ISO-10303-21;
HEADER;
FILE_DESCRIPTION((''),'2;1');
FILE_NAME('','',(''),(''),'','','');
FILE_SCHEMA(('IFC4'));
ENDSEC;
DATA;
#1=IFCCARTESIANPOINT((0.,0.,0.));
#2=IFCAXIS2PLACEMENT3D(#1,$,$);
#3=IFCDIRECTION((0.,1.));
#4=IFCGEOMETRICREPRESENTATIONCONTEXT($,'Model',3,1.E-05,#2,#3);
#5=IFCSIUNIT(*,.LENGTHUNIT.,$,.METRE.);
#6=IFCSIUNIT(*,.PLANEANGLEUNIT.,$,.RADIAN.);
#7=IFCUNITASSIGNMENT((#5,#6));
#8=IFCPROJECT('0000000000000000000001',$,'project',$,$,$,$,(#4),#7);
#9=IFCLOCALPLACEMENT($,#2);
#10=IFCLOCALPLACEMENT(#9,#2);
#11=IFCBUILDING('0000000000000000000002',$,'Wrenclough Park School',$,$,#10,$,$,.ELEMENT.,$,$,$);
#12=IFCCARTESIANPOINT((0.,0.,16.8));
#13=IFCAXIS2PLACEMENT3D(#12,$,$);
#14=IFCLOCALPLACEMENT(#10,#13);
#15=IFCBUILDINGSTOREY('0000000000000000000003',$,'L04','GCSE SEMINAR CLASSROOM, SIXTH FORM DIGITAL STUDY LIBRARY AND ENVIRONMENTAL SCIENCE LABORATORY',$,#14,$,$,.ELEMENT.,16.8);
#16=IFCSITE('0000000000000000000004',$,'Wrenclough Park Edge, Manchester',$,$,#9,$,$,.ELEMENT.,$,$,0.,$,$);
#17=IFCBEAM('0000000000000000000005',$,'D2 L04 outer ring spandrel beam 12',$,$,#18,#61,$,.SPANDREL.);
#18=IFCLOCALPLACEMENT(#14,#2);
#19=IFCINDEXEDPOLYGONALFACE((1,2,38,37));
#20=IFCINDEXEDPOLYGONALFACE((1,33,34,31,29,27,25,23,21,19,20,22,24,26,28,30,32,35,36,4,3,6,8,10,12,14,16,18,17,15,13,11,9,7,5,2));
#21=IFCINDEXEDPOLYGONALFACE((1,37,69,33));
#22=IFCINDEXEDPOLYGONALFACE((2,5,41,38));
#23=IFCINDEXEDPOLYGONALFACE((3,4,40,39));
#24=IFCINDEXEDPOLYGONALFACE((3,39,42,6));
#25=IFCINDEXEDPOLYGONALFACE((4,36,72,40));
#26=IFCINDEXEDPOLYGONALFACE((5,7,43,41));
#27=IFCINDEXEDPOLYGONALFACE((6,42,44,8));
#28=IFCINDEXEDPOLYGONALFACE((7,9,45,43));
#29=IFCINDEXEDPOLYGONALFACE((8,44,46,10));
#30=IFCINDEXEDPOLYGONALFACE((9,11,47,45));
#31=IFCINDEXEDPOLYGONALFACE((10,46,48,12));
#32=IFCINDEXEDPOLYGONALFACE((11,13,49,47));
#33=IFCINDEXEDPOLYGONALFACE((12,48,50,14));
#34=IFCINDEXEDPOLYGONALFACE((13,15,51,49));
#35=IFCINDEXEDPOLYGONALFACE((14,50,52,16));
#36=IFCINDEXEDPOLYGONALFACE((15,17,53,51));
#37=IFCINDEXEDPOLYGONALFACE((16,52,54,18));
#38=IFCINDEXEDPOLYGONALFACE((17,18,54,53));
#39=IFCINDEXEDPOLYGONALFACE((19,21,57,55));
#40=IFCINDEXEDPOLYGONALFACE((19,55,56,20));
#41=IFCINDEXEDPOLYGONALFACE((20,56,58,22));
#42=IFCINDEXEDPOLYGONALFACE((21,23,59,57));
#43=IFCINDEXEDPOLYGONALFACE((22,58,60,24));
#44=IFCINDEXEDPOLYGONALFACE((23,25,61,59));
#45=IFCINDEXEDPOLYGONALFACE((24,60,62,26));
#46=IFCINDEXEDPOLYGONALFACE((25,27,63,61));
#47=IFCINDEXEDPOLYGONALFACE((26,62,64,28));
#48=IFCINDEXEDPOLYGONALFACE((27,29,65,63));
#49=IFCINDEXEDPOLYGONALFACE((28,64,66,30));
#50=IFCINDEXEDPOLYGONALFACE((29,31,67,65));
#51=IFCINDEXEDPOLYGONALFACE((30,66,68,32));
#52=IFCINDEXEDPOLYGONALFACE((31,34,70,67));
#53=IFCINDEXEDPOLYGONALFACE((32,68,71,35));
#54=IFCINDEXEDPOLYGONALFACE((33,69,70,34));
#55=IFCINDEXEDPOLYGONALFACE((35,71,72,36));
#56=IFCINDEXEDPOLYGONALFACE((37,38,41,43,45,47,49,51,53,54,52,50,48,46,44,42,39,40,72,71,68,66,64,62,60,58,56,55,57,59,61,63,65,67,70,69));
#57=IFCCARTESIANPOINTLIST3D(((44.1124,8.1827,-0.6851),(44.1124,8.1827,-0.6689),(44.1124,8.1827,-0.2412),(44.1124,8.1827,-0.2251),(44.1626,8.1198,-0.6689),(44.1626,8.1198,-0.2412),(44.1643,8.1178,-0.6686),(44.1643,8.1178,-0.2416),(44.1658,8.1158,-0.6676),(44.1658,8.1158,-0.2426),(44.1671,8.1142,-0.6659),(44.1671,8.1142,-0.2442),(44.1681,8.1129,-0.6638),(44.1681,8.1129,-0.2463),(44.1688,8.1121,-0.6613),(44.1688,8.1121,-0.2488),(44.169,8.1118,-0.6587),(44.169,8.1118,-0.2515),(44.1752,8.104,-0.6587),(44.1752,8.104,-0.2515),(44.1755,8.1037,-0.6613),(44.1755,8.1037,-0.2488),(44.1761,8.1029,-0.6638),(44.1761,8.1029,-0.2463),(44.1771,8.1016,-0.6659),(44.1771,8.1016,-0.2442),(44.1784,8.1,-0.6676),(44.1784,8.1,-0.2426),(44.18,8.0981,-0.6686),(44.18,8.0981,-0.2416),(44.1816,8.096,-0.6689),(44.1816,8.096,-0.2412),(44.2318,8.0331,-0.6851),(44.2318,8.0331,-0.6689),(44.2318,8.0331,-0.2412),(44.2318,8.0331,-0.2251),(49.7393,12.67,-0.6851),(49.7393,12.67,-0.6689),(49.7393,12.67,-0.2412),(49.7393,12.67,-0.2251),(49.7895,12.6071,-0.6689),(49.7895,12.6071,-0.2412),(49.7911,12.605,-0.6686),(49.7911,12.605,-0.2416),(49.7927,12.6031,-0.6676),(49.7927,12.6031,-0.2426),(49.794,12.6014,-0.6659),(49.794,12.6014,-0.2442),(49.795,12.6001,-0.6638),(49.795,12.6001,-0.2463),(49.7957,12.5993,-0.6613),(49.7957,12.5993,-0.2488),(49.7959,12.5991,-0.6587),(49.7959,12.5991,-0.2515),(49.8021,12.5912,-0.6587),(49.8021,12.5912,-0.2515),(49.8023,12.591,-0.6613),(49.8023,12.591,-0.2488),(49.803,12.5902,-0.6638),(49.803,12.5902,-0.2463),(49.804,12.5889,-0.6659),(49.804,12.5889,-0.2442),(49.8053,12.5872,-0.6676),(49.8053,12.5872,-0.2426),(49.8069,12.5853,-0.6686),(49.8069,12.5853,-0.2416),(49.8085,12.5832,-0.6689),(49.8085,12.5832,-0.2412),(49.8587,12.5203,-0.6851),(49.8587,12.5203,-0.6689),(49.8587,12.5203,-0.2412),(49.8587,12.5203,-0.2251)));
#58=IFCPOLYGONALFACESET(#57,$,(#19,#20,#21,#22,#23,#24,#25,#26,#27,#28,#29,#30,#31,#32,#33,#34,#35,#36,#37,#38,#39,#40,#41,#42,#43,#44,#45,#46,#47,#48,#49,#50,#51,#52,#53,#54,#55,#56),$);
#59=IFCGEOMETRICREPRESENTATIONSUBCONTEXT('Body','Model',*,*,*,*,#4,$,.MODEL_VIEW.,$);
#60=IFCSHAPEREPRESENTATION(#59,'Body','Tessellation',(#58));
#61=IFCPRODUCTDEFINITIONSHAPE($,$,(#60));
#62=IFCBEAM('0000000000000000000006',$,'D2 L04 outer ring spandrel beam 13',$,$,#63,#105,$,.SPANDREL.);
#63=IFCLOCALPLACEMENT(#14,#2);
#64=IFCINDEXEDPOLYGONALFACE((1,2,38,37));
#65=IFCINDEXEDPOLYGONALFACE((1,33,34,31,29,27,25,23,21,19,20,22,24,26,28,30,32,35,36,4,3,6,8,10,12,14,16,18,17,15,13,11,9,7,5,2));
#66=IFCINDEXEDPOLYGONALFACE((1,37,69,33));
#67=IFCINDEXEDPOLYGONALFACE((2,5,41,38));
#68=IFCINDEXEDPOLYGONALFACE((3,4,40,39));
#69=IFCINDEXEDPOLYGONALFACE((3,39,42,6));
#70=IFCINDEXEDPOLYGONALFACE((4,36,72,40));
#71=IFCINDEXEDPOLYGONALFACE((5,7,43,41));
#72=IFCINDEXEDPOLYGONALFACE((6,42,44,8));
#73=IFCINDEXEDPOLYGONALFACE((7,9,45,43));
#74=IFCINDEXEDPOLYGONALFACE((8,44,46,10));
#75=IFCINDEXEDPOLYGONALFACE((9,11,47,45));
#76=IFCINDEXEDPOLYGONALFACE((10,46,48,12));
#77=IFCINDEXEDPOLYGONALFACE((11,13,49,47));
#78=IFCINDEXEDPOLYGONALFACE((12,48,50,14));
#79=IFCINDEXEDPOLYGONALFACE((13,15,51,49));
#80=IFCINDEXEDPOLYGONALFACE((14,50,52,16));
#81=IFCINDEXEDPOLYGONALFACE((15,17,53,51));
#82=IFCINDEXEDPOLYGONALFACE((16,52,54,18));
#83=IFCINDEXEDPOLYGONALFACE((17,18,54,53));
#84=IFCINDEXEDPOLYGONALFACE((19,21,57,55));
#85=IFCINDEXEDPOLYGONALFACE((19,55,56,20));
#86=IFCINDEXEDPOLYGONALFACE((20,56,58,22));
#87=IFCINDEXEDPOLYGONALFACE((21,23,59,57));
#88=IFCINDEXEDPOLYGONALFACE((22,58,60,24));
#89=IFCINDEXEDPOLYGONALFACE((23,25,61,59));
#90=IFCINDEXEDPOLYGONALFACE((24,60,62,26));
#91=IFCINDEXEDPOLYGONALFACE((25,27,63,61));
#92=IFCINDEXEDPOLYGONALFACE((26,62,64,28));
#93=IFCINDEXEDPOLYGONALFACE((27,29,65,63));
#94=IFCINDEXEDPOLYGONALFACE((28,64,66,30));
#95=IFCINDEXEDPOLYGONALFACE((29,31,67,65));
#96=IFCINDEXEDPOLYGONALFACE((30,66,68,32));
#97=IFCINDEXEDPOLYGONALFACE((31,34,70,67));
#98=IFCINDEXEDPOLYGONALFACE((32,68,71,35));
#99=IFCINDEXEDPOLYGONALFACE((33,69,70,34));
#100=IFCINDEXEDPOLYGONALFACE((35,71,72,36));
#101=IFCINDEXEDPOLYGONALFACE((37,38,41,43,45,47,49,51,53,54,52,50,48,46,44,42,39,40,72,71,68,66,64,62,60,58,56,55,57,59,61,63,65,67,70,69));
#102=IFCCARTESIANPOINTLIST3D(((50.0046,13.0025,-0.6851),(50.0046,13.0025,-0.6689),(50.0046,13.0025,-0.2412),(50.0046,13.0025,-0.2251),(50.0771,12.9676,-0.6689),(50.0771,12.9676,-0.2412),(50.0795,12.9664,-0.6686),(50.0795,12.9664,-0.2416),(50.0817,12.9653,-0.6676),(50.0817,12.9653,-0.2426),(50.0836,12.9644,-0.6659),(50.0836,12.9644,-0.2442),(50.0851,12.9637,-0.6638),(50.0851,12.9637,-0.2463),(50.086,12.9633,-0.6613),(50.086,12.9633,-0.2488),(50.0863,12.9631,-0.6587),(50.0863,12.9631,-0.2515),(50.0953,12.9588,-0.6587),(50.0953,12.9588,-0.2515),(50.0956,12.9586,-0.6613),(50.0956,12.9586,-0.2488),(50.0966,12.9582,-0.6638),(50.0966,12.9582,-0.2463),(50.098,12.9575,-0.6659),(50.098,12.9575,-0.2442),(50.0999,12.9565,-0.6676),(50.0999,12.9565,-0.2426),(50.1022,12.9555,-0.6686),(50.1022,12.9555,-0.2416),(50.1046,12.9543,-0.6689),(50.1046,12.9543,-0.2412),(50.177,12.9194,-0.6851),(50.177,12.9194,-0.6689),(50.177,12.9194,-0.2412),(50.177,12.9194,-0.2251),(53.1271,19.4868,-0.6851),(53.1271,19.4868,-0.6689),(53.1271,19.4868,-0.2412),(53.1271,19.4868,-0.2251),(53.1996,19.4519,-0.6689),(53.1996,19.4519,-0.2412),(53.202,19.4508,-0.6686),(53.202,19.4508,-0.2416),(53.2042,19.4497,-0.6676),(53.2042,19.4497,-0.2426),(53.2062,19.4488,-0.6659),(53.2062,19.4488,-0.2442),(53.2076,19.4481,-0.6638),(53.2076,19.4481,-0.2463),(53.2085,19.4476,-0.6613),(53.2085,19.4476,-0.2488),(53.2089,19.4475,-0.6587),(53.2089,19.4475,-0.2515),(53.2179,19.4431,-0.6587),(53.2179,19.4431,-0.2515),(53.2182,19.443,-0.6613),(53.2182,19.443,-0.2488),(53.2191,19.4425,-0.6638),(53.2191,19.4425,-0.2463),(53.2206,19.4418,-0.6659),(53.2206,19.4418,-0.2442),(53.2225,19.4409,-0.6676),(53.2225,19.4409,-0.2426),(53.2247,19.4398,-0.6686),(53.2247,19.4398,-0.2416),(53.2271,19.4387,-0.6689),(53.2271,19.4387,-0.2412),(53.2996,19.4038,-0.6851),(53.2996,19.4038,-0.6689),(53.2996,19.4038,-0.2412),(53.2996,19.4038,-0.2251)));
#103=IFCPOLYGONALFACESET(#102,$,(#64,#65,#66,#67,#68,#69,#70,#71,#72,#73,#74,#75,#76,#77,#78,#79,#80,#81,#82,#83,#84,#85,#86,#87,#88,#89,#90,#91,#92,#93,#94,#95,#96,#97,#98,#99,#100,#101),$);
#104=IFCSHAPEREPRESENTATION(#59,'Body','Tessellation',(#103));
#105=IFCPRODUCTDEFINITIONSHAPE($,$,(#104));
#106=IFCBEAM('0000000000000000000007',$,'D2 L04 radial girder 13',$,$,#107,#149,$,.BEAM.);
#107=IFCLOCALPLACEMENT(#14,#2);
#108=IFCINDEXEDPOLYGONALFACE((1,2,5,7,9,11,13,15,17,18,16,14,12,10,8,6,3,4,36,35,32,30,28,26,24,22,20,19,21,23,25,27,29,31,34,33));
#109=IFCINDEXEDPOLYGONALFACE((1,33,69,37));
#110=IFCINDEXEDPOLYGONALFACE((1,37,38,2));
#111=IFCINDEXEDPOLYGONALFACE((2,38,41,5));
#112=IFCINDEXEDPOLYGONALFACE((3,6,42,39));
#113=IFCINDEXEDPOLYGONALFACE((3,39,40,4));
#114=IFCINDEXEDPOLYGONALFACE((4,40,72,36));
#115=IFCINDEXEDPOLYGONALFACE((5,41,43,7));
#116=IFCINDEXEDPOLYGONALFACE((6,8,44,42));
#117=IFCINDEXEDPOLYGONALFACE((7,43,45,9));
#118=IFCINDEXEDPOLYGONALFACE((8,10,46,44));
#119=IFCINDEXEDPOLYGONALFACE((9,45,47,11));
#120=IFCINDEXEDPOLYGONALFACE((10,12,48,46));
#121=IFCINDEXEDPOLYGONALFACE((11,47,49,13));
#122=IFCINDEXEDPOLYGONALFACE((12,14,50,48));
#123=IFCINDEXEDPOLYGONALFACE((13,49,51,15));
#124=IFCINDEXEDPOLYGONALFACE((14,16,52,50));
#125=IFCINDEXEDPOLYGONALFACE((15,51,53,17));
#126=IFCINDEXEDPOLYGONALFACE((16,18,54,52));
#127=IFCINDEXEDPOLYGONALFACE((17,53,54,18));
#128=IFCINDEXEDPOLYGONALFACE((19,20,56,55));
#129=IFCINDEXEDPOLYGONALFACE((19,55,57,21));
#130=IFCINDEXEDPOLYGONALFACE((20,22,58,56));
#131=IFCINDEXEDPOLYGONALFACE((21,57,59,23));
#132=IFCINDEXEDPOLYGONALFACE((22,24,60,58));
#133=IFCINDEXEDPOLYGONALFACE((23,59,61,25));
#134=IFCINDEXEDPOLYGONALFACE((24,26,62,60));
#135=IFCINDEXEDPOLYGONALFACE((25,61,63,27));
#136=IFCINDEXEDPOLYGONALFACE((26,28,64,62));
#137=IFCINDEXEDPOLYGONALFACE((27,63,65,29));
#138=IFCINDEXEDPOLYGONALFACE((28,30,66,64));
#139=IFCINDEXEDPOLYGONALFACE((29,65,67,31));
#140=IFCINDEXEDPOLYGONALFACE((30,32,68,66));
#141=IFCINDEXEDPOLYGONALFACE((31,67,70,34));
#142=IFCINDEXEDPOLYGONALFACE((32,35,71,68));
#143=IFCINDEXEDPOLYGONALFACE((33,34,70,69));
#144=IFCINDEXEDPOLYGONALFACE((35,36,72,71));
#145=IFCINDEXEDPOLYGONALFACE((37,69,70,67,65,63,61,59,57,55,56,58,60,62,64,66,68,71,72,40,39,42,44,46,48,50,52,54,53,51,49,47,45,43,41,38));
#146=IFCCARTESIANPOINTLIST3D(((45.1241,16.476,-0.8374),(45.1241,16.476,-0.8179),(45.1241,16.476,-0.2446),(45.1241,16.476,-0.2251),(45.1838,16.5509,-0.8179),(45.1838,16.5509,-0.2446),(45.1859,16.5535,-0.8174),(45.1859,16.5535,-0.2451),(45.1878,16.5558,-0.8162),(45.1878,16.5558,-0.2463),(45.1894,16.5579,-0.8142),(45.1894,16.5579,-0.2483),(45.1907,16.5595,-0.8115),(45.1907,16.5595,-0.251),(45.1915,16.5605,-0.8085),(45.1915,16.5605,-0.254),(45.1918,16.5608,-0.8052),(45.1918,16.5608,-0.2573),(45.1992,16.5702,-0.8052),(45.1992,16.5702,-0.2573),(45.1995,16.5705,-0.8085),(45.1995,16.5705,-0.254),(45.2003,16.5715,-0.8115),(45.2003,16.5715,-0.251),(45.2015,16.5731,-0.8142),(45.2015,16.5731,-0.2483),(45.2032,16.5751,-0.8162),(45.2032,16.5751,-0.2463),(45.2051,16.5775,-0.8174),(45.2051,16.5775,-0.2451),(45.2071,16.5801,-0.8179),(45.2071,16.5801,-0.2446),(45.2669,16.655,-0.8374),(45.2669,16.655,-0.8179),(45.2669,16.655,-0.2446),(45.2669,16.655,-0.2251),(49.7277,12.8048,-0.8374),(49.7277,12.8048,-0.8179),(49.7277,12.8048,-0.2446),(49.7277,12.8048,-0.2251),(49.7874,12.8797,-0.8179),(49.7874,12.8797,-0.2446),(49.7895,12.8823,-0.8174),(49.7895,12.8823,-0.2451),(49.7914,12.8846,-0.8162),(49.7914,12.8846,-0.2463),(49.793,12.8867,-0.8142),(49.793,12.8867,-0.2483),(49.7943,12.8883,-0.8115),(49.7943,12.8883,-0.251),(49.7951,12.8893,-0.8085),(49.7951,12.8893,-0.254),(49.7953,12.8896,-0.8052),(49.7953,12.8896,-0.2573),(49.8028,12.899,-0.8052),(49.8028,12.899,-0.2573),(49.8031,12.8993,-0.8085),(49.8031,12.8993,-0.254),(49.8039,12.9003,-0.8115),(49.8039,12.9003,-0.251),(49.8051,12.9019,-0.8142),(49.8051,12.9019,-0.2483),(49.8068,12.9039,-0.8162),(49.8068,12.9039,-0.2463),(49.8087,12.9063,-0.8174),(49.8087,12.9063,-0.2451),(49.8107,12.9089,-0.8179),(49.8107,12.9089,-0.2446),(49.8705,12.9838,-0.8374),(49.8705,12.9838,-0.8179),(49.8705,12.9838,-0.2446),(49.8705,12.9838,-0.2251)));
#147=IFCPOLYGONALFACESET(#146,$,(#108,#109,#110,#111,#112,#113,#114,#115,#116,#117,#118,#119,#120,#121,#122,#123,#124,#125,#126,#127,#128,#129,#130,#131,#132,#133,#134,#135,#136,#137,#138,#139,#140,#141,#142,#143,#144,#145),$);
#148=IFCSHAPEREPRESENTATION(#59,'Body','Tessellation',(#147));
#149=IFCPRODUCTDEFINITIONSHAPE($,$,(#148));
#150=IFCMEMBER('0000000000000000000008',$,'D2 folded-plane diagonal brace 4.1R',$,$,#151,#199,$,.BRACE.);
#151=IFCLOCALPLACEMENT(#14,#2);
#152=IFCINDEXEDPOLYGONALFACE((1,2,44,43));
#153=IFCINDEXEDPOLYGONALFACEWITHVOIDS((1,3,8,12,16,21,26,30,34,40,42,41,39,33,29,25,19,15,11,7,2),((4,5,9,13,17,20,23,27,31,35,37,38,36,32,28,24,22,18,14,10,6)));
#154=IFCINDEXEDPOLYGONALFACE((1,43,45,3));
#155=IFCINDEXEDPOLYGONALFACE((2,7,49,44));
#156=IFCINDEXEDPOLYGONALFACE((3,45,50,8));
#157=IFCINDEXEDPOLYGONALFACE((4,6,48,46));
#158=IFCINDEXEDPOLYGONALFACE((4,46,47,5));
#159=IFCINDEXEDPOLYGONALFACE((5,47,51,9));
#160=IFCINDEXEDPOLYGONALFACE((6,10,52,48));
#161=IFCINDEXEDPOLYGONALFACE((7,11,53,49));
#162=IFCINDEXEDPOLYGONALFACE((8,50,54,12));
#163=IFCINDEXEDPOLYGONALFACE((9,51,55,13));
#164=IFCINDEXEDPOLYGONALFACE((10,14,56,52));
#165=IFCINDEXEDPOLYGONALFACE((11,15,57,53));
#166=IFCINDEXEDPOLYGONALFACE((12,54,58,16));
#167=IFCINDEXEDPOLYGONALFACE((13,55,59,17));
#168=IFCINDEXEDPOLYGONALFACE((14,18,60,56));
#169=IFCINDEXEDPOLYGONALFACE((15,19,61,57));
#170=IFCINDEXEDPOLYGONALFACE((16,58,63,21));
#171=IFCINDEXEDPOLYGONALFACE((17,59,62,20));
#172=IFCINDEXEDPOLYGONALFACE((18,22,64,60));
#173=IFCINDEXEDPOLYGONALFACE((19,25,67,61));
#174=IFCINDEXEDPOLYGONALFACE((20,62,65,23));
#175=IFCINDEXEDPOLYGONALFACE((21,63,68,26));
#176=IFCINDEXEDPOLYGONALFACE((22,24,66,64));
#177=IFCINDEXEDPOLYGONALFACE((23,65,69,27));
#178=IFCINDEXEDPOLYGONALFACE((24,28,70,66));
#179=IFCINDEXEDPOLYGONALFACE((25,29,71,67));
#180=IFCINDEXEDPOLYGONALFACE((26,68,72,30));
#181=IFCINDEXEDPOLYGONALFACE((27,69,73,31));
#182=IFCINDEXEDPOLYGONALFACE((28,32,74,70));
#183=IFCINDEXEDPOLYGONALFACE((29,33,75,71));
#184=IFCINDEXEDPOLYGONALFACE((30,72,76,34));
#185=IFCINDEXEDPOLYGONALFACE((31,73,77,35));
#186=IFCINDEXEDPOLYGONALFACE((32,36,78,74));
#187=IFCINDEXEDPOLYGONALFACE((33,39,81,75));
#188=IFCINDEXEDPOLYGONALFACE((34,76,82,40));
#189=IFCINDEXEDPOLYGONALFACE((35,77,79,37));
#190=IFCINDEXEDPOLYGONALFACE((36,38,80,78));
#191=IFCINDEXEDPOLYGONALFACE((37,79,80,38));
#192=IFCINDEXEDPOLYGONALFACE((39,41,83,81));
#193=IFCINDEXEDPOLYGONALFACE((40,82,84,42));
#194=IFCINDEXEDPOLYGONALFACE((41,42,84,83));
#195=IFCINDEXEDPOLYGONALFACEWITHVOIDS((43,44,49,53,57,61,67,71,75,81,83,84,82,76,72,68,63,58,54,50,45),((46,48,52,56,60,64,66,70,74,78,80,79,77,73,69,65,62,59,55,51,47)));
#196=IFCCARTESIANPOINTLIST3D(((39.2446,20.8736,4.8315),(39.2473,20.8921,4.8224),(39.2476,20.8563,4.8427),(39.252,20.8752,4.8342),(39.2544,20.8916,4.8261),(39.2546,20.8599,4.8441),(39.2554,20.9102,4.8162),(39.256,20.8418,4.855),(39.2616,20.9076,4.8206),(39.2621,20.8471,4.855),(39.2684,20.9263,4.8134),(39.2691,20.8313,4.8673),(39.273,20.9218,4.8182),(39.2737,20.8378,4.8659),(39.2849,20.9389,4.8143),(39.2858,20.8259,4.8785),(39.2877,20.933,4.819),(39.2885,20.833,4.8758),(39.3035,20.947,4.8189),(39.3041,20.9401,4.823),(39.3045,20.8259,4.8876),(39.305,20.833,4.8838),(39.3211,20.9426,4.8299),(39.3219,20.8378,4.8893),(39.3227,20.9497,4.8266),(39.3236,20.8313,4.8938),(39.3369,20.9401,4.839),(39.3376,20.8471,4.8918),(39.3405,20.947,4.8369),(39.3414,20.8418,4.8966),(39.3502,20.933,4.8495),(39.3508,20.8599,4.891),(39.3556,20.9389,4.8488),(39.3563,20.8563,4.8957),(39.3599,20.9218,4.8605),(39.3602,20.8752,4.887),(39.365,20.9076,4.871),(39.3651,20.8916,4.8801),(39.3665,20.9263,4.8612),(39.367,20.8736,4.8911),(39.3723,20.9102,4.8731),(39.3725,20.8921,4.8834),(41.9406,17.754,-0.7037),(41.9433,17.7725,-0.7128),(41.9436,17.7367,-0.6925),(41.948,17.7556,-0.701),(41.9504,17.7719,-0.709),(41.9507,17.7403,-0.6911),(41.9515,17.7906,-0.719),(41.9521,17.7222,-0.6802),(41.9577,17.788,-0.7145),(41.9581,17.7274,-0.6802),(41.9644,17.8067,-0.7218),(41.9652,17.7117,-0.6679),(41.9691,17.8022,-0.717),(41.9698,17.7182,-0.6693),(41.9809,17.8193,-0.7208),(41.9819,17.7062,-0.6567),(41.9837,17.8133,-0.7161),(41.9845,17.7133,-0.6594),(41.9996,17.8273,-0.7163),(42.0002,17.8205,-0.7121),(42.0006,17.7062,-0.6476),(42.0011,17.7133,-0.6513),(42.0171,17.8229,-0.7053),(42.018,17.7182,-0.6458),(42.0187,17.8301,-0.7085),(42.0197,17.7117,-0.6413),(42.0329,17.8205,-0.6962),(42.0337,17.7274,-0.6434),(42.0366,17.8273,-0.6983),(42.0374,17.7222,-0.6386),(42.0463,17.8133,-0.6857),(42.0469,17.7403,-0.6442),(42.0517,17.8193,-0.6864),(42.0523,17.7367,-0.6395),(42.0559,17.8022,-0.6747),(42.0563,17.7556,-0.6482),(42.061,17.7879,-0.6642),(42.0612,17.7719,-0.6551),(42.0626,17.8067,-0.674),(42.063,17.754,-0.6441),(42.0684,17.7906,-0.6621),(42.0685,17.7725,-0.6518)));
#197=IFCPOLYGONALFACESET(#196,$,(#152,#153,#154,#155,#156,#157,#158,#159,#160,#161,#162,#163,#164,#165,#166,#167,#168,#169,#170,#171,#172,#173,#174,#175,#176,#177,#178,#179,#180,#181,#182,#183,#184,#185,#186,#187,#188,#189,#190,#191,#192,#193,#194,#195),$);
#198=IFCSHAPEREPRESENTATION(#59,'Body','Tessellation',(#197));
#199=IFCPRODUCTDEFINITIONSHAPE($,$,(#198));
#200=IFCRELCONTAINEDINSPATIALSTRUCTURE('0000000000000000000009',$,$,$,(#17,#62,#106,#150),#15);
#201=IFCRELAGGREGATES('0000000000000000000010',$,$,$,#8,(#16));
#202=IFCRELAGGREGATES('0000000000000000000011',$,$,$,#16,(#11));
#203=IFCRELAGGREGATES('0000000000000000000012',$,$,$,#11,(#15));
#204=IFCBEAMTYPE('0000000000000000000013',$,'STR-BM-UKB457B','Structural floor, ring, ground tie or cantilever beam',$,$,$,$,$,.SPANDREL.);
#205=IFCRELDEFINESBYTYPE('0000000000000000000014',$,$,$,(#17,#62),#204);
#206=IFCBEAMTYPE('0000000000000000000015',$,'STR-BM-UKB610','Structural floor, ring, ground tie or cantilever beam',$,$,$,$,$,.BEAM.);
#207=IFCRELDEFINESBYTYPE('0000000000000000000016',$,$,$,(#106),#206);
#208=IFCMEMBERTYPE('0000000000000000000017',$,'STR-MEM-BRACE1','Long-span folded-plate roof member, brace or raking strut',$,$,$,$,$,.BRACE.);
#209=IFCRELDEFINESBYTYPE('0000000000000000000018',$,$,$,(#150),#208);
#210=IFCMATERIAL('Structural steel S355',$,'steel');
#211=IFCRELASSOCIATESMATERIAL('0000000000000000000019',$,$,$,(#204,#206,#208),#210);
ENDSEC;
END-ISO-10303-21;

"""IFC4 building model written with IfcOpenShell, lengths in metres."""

from ifc_helpers import new_model, si_unit, direction, frame, origin, origin_2d, place, context, subcontext, project, spatial, hollow_circle, i_section, extrude, material, material_profile, profile_set, type_object, element, save


model = new_model("IFC4")

# Units and contexts
model_context = context("Model", 3, precision=1e-05, world=origin(), true_north=direction((0.0, 1.0)))
body_context = subcontext(model_context, "Body", "Model", "MODEL_VIEW")
ifc_project = project(units=[si_unit("LENGTHUNIT", "METRE"), si_unit("PLANEANGLEUNIT", "RADIAN")], contexts=[model_context])

# Site, building, storey
site_placement = place(None, origin())
site = spatial("IfcSite", under=ifc_project, at=site_placement, Name="Wrenclough Park Edge, Manchester", CompositionType="ELEMENT", RefElevation=0.0)
building_placement = place(site_placement, origin())
building = spatial("IfcBuilding", under=site, at=building_placement, Name="Wrenclough Park School", CompositionType="ELEMENT")
storey_placement = place(building_placement, frame((0.0, 0.0, 16.8)))
storey = spatial("IfcBuildingStorey", under=building, at=storey_placement, Name="L04", Description="GCSE SEMINAR CLASSROOM, SIXTH FORM DIGITAL STUDY LIBRARY AND ENVIRONMENTAL SCIENCE LABORATORY", CompositionType="ELEMENT", Elevation=16.8)

# Beams
ifc_material_1 = material(Name="Structural steel S355", Category="steel")
ifc_material_profile_1 = material_profile(ifc_material_1, i_section(OverallWidth=0.1914, OverallDepth=0.46, WebThickness=0.01, FlangeThickness=0.0161, FilletRadius=0.0103, at=origin_2d()), Name="UKB 457x191x82")
ifc_profile_set_1 = profile_set([ifc_material_profile_1], Name="Structural steel S355")
beam_type_1 = type_object("IfcBeamType", Name="STR-BM-UKB457B", Description="Structural floor, ring, ground tie or cantilever beam", PredefinedType="SPANDREL", material=ifc_profile_set_1)
for number, where, z_axis, x_axis, name in (
    (1, (44.1721, 8.1079, -0.4551), (0.781834, 0.623486, 0.0), (-0.623486, 0.781834, 0.0), "D2 L04 outer ring spandrel beam 12"),
    (2, (50.0908, 12.9609, -0.4551), (0.433867, 0.900977, 0.0), (-0.900977, 0.433867, 0.0), "D2 L04 outer ring spandrel beam 13"),
):
    element("IfcBeam", number, at=place(storey_placement, frame(where, z_axis=z_axis, x_axis=x_axis)), inside=storey, type_object=beam_type_1, Name=name, PredefinedType="SPANDREL", context=body_context, shape_type="SweptSolid", body=[
        extrude(i_section(OverallWidth=0.1914, OverallDepth=0.46, WebThickness=0.01, FlangeThickness=0.0161, FilletRadius=0.0103, at=origin_2d()), origin(), (0.0, 0.0, 1.0), 7.197),
    ])
ifc_material_profile_2 = material_profile(ifc_material_1, i_section(OverallWidth=0.229, OverallDepth=0.6123, WebThickness=0.012, FlangeThickness=0.0195, FilletRadius=0.0127, at=origin_2d()), Name="UKB 610x229x125")
ifc_profile_set_2 = profile_set([ifc_material_profile_2], Name="Structural steel S355")
beam_type_2 = type_object("IfcBeamType", Name="STR-BM-UKB610", Description="Structural floor, ring, ground tie or cantilever beam", PredefinedType="BEAM", material=ifc_profile_set_2)
beam_placement = place(storey_placement, frame((49.7991, 12.8943, -0.5312), z_axis=(-0.781835, 0.623486, 0.0), x_axis=(-0.623486, -0.781835, 0.0)))
element("IfcBeam", 3, at=beam_placement, inside=storey, type_object=beam_type_2, Name="D2 L04 radial girder 13", PredefinedType="BEAM", context=body_context, shape_type="SweptSolid", body=[
    extrude(i_section(OverallWidth=0.229, OverallDepth=0.6123, WebThickness=0.012, FlangeThickness=0.0195, FilletRadius=0.0127, at=origin_2d()), origin(), (0.0, 0.0, 1.0), 5.8882),
])

# Member
ifc_material_profile_3 = material_profile(ifc_material_1, hollow_circle(Radius=0.0698, WallThickness=0.0081, at=origin_2d()), Name="CHS 139.7x8.0")
ifc_profile_set_3 = profile_set([ifc_material_profile_3], Name="Structural steel S355")
member_type_1 = type_object("IfcMemberType", Name="STR-MEM-BRACE1", Description="Long-span folded-plate roof member, brace or raking strut", PredefinedType="BRACE", material=ifc_profile_set_3)
for number, where, z_axis, x_axis, name in (
    (4, (42.0049, 17.7678, -0.6802), (-0.390613, 0.451984, 0.801955), (-0.756605, -0.653873, 0.0), "D2 folded-plane diagonal brace 4.1R"),
):
    element("IfcMember", number, at=place(storey_placement, frame(where, z_axis=z_axis, x_axis=x_axis)), inside=storey, type_object=member_type_1, Name=name, PredefinedType="BRACE", context=body_context, shape_type="SweptSolid", body=[
        extrude(hollow_circle(Radius=0.0698, WallThickness=0.0081, at=origin_2d()), origin(), (0.0, 0.0, 1.0), 6.9021),
    ])

save(model, "model.ifc")
